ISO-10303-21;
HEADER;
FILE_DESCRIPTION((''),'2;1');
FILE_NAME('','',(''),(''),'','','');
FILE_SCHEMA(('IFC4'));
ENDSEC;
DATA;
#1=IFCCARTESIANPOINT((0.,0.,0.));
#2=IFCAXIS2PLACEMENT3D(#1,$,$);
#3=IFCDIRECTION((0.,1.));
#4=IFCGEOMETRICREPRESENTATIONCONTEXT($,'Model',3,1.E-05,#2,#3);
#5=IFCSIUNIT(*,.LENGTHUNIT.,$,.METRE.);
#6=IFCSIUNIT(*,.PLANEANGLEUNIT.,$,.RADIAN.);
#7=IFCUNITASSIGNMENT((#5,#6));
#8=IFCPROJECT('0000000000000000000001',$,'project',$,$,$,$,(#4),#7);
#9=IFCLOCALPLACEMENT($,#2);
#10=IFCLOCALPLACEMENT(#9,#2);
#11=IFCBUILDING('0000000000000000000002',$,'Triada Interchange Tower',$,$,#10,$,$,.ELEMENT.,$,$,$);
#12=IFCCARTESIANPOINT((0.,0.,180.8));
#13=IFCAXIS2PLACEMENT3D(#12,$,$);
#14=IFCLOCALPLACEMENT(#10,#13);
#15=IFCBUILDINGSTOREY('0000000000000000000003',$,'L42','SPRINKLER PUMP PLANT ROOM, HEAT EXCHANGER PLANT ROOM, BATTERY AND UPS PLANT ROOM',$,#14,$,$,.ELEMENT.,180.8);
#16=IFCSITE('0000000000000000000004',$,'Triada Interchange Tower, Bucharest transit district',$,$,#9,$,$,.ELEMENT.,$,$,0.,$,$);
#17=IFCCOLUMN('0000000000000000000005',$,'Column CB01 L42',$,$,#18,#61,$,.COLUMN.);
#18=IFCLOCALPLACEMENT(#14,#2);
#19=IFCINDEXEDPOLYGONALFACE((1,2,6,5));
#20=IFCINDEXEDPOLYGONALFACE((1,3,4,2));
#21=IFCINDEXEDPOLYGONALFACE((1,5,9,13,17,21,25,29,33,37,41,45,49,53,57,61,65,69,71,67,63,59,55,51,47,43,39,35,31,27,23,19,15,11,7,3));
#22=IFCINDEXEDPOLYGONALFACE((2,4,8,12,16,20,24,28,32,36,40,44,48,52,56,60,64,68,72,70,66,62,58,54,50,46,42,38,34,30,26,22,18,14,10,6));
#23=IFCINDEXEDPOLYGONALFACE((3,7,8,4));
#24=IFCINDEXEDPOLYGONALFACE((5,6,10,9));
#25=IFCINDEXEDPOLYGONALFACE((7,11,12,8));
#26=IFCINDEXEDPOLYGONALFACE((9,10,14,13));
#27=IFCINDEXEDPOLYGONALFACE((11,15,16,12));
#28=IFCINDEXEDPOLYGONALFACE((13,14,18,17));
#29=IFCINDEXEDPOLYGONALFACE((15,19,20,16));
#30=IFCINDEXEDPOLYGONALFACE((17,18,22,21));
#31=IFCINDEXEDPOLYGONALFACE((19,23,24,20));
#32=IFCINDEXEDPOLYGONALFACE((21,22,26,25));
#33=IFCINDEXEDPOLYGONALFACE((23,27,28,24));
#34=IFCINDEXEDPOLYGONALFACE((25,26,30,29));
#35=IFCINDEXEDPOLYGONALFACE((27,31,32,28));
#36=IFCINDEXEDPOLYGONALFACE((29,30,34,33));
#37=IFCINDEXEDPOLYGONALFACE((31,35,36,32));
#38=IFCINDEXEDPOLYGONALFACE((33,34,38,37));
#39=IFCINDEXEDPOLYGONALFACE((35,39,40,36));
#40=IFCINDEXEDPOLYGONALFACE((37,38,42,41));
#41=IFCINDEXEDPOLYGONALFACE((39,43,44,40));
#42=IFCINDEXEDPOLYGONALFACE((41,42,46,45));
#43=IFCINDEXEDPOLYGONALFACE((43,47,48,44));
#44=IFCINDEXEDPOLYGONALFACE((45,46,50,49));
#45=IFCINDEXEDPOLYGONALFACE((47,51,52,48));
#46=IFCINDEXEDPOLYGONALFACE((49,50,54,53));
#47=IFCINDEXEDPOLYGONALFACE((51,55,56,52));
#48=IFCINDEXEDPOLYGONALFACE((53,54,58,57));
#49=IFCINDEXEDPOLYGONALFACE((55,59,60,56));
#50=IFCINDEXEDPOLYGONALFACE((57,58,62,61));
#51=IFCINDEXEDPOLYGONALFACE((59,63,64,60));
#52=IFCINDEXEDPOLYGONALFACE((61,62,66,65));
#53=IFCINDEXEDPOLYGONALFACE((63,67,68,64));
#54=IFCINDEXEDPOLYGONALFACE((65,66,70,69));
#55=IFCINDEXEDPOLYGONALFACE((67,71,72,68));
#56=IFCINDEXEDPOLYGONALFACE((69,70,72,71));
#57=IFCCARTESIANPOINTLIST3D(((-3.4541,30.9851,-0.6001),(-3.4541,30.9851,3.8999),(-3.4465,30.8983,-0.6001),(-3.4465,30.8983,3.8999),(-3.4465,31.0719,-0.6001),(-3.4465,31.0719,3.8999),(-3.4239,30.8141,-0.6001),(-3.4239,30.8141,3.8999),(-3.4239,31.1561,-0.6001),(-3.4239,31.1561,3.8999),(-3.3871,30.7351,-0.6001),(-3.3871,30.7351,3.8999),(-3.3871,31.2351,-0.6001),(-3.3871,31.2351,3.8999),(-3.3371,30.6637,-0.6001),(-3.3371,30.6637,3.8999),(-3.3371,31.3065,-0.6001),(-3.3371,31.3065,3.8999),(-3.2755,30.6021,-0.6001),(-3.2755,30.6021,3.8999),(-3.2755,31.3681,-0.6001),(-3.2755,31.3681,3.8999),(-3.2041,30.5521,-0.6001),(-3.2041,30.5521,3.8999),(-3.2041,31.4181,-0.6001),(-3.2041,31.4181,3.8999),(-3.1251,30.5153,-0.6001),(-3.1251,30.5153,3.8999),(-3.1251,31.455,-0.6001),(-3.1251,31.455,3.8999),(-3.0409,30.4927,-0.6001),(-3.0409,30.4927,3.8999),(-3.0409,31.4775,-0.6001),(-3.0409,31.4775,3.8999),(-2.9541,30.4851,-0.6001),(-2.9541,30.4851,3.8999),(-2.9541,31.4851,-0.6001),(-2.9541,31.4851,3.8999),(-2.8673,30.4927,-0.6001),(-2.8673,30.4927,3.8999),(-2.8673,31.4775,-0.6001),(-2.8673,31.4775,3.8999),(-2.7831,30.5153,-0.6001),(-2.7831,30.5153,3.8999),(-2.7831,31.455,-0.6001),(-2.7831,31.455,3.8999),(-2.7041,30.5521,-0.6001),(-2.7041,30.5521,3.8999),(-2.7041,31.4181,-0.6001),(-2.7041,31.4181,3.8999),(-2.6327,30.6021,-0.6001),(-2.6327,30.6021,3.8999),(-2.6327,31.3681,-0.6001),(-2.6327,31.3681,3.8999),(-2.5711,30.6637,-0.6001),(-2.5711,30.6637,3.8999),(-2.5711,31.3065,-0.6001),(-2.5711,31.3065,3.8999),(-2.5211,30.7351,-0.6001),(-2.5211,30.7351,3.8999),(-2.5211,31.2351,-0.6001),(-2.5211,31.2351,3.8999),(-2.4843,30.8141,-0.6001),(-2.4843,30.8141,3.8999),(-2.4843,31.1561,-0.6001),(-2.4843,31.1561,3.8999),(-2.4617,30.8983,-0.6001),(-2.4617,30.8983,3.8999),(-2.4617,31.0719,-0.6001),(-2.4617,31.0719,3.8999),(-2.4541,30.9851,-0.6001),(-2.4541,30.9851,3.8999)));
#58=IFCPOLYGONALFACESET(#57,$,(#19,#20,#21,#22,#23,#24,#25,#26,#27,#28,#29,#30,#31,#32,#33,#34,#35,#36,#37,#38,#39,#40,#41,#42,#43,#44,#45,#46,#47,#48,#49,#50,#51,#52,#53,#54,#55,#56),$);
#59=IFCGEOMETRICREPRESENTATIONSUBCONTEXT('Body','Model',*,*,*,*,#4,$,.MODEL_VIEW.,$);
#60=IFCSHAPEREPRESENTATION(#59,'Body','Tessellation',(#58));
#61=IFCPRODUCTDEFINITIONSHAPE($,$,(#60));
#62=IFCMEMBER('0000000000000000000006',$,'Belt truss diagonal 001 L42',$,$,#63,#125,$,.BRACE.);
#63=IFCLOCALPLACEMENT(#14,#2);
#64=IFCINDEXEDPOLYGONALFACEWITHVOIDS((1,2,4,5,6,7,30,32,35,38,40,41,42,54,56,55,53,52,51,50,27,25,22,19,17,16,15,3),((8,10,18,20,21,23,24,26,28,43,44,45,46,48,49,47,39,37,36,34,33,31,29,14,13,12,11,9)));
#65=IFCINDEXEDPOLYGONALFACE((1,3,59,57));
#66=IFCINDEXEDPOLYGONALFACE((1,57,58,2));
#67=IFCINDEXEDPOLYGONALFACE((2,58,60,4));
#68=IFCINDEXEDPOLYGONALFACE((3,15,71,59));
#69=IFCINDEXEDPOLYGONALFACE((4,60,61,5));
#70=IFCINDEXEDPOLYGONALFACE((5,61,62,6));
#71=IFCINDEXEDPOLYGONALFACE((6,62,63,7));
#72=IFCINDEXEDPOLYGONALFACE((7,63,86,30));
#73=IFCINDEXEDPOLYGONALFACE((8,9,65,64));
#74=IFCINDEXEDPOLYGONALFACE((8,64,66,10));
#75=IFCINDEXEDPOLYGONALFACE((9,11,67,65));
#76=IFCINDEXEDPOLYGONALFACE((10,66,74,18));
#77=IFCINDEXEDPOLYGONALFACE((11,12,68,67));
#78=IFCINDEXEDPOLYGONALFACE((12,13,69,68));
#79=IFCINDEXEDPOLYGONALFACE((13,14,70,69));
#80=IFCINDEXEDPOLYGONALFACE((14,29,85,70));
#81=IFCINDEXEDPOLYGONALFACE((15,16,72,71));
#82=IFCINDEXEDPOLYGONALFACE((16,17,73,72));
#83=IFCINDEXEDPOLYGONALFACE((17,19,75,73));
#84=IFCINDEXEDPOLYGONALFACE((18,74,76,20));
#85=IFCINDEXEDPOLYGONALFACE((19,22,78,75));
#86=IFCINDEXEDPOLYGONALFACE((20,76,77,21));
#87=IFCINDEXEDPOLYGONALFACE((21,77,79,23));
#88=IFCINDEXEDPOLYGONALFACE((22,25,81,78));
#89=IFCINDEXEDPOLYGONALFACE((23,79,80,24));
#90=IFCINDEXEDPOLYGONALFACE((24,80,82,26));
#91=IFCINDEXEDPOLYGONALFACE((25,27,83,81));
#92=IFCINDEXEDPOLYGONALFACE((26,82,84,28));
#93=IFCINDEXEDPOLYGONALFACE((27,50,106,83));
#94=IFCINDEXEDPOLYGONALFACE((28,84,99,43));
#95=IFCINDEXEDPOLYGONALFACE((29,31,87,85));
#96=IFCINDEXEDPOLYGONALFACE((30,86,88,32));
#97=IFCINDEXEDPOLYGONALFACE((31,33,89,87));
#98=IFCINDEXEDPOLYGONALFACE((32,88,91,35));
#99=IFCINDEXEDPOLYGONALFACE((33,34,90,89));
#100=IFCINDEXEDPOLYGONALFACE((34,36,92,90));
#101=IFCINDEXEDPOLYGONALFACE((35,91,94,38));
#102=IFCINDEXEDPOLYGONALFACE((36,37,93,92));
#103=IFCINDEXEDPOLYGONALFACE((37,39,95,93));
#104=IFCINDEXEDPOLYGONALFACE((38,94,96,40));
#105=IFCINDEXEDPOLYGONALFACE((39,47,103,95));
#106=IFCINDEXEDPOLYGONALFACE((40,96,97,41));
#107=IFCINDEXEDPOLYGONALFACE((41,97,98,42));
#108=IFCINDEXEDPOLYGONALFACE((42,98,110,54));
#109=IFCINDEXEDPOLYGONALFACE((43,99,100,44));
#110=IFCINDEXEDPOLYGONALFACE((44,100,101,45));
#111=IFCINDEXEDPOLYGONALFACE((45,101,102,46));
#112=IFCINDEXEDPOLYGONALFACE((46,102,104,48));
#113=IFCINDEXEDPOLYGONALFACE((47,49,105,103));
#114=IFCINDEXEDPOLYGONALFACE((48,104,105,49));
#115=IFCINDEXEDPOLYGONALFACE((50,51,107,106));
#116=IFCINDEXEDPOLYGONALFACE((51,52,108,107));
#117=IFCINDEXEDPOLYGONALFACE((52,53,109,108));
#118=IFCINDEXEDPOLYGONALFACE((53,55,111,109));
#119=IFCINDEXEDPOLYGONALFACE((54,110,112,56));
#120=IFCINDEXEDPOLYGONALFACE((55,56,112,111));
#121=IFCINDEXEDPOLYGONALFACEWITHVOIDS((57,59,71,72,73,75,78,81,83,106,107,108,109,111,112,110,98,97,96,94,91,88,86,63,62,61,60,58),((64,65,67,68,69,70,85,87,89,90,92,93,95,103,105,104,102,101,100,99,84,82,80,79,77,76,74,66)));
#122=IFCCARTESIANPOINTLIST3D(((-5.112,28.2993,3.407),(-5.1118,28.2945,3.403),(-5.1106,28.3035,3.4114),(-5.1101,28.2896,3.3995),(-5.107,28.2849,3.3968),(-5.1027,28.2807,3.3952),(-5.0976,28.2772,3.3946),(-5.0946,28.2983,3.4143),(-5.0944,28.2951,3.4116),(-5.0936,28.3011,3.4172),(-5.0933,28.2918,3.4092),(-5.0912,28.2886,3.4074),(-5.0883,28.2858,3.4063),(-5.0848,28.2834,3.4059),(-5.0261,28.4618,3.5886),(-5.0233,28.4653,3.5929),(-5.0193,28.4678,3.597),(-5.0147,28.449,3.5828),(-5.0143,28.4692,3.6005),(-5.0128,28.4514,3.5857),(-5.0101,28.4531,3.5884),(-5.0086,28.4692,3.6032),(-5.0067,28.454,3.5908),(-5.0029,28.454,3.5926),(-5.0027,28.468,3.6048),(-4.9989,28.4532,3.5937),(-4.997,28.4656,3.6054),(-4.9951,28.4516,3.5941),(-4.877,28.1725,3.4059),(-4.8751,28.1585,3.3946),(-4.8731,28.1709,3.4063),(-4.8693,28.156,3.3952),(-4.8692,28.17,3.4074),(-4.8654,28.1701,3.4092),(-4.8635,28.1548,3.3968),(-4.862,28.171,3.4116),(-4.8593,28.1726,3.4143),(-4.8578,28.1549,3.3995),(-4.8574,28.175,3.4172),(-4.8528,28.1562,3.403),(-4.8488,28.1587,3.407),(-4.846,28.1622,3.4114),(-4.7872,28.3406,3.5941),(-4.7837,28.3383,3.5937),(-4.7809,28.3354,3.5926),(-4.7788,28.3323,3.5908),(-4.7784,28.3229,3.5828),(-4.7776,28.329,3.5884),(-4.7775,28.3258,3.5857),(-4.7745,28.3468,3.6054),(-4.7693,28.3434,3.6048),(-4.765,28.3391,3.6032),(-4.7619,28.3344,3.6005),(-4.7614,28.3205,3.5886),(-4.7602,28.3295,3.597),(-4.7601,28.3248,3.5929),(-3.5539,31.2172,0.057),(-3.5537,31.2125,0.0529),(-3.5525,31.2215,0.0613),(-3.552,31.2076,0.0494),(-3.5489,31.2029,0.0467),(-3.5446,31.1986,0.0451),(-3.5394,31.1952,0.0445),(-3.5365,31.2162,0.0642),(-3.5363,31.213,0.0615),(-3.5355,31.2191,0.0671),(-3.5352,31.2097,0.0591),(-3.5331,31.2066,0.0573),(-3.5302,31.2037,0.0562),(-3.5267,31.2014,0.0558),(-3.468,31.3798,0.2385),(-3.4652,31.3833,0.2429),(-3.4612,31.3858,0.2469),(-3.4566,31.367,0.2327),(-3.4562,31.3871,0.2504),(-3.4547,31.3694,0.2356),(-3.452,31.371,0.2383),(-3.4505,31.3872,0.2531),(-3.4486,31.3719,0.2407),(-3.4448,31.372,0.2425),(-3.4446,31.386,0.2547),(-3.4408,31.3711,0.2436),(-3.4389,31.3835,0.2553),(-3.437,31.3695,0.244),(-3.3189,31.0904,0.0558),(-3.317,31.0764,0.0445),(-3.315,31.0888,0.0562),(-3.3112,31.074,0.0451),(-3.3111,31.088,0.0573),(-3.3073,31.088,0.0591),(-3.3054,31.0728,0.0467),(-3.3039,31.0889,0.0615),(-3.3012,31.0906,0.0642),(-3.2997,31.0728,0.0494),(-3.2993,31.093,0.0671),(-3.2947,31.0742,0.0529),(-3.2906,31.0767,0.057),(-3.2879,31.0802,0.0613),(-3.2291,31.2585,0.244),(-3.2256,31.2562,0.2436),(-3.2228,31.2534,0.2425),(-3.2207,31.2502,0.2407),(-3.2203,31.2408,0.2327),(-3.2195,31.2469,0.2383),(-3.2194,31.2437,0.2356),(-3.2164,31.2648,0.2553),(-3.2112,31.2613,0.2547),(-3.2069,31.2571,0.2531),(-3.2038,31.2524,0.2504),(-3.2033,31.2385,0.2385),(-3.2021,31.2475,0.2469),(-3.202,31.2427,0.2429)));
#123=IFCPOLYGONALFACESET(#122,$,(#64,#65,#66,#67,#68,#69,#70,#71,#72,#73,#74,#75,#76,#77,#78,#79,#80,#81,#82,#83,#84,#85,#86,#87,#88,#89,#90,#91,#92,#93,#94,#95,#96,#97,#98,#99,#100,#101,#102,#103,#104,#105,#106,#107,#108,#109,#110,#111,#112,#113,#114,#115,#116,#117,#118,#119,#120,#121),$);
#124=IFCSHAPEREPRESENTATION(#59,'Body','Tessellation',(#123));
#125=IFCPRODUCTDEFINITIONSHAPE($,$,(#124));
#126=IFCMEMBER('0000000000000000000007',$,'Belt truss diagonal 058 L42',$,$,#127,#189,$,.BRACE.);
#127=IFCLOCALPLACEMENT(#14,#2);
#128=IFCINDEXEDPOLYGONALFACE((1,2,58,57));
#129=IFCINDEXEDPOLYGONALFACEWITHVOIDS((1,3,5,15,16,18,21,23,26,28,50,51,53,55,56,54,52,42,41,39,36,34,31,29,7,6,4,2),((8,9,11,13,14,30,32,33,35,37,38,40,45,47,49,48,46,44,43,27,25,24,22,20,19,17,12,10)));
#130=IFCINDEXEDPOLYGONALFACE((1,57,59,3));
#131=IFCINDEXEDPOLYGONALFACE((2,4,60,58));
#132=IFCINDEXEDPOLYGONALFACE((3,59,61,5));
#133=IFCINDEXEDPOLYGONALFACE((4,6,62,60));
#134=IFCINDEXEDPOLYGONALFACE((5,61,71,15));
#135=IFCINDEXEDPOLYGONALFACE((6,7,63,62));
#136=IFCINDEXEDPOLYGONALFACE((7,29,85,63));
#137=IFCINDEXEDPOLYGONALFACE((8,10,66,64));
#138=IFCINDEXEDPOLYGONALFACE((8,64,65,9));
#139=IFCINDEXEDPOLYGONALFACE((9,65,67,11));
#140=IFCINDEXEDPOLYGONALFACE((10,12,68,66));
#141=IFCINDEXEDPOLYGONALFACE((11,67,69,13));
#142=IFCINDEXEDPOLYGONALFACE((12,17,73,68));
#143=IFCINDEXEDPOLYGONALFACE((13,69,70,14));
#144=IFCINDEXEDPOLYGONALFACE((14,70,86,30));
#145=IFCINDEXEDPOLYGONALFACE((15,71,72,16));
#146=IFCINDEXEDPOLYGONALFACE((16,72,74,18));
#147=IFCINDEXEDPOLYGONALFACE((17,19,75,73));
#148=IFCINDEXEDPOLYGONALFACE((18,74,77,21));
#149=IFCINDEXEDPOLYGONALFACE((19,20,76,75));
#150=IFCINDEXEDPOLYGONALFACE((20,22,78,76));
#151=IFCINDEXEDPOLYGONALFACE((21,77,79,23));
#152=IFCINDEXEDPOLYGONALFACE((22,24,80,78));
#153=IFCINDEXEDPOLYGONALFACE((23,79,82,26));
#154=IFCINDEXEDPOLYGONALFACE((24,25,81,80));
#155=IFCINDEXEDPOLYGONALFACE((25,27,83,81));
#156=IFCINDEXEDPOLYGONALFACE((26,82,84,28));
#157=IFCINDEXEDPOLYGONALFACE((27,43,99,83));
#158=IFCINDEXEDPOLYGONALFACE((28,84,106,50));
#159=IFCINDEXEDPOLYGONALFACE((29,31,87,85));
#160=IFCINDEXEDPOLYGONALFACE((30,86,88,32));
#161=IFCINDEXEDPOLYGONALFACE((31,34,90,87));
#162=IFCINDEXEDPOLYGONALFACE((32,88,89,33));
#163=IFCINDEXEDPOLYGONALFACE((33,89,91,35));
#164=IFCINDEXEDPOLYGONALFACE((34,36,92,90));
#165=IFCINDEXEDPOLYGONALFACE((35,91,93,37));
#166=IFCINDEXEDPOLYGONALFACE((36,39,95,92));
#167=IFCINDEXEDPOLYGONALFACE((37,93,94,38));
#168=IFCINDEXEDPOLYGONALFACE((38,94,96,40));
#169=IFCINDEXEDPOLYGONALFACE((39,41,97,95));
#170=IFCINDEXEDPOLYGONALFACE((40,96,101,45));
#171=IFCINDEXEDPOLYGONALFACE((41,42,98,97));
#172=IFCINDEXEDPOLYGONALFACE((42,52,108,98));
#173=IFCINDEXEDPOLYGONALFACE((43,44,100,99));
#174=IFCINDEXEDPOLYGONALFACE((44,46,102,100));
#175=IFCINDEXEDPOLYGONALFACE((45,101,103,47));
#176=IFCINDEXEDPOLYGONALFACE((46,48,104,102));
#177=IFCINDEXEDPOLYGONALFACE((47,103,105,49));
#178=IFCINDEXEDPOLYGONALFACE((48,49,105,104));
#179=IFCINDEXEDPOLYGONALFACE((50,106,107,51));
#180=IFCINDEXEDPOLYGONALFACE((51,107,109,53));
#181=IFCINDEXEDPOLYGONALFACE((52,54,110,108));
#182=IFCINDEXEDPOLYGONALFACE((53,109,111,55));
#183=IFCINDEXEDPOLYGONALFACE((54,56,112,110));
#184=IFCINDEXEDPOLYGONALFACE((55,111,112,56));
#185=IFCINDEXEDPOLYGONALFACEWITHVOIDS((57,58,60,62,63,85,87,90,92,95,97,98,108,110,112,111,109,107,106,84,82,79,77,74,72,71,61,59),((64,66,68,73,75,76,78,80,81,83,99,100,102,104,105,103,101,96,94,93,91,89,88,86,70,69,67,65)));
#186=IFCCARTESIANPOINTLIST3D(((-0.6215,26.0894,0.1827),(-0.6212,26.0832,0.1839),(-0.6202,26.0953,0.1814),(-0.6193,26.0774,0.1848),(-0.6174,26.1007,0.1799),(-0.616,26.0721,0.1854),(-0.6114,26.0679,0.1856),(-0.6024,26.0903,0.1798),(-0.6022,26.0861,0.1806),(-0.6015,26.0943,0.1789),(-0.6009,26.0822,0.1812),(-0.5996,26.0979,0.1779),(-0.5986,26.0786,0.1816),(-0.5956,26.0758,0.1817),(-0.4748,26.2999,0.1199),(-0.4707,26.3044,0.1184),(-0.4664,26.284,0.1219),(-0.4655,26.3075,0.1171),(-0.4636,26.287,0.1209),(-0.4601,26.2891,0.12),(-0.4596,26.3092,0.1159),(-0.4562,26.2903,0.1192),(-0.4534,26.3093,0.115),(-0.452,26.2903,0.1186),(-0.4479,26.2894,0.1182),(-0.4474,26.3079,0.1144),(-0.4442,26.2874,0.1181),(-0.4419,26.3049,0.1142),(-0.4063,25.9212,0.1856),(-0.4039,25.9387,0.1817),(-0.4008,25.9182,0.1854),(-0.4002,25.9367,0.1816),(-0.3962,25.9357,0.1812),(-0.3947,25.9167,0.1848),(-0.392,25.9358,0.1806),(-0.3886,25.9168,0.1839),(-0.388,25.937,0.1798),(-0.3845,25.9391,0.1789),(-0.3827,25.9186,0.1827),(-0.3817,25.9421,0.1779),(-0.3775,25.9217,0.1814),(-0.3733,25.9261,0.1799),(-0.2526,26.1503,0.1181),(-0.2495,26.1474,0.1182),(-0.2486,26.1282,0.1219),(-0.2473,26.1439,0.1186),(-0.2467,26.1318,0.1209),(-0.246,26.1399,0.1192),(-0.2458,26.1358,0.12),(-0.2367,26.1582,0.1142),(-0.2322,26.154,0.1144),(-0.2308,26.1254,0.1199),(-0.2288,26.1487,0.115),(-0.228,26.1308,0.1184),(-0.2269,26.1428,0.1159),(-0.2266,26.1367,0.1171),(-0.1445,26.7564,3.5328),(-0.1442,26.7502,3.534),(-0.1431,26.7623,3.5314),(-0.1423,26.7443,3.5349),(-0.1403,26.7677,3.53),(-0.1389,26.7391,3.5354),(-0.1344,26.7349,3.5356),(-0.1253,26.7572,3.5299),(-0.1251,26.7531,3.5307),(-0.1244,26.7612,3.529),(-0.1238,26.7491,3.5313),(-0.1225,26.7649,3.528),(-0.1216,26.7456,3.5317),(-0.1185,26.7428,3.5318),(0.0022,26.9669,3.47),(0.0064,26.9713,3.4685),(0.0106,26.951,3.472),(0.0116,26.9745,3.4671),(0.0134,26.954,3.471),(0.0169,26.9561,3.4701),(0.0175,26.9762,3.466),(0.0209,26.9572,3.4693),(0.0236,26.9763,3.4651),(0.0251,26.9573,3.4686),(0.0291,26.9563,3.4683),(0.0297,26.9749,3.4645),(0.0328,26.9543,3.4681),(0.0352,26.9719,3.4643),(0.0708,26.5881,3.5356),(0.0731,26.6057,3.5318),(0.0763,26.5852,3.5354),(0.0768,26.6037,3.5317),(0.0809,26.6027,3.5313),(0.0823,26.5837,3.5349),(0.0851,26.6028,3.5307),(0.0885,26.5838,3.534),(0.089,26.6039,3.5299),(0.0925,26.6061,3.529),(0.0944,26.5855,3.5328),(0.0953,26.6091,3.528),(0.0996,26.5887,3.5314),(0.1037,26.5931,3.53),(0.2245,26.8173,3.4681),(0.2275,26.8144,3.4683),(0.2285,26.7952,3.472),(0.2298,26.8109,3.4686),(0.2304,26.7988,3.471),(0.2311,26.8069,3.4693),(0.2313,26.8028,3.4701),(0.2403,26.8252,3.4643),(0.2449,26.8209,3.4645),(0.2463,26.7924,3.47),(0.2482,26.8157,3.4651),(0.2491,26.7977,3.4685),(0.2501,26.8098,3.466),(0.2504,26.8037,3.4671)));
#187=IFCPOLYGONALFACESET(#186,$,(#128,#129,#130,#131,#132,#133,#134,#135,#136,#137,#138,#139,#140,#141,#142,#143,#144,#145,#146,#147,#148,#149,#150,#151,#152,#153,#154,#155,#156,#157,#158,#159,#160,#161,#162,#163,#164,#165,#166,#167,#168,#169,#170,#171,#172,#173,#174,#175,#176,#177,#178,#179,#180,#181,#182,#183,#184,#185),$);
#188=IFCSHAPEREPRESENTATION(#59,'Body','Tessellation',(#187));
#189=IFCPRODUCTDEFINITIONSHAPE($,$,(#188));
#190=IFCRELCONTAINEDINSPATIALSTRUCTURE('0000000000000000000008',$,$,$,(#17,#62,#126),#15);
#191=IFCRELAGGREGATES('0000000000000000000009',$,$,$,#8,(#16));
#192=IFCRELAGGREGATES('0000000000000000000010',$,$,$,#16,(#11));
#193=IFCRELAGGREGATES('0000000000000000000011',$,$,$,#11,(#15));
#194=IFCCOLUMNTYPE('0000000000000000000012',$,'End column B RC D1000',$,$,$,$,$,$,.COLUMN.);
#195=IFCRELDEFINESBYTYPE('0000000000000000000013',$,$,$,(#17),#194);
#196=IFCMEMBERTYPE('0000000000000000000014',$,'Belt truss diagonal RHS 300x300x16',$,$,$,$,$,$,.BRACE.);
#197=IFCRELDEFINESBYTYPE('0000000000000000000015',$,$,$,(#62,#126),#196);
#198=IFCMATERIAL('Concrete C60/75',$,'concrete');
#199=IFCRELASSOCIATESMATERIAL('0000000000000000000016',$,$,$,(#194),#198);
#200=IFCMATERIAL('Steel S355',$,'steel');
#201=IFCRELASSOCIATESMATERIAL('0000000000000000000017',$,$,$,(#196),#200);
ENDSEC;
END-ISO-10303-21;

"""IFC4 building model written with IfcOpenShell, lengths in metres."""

from ifc_helpers import new_model, si_unit, direction, frame, origin, origin_2d, place, context, subcontext, project, spatial, hollow_rectangle, circle, extrude, material, material_profile, profile_set, type_object, element, save


model = new_model("IFC4")

# Units and contexts
model_context = context("Model", 3, precision=1e-05, world=origin(), true_north=direction((0.0, 1.0)))
body_context = subcontext(model_context, "Body", "Model", "MODEL_VIEW")
ifc_project = project(units=[si_unit("LENGTHUNIT", "METRE"), si_unit("PLANEANGLEUNIT", "RADIAN")], contexts=[model_context])

# Site, building, storey
site_placement = place(None, origin())
site = spatial("IfcSite", under=ifc_project, at=site_placement, Name="Triada Interchange Tower, Bucharest transit district", CompositionType="ELEMENT", RefElevation=0.0)
building_placement = place(site_placement, origin())
building = spatial("IfcBuilding", under=site, at=building_placement, Name="Triada Interchange Tower", CompositionType="ELEMENT")
storey_placement = place(building_placement, frame((0.0, 0.0, 180.8)))
storey = spatial("IfcBuildingStorey", under=building, at=storey_placement, Name="L42", Description="SPRINKLER PUMP PLANT ROOM, HEAT EXCHANGER PLANT ROOM, BATTERY AND UPS PLANT ROOM", CompositionType="ELEMENT", Elevation=180.8)

# Column
ifc_material_1 = material(Name="Concrete C60/75", Category="concrete")
ifc_material_profile_1 = material_profile(ifc_material_1, circle(Radius=0.5, at=origin_2d()), Name="RC D1000")
ifc_profile_set_1 = profile_set([ifc_material_profile_1], Name="Concrete C60/75")
column_type = type_object("IfcColumnType", Name="End column B RC D1000", PredefinedType="COLUMN", material=ifc_profile_set_1)
column_placement = place(storey_placement, frame((-2.9541, 30.9851, -0.6001), z_axis=(0.0, 0.0, 1.0), x_axis=(0.5, 0.866025, 0.0)))
element("IfcColumn", 1, at=column_placement, inside=storey, type_object=column_type, Name="Column CB01 L42", PredefinedType="COLUMN", context=body_context, shape_type="SweptSolid", body=[
    extrude(circle(Radius=0.5, at=origin_2d()), origin(), (0.0, 0.0, 1.0), 4.5),
])

# Members
ifc_material_2 = material(Name="Steel S355", Category="steel")
ifc_material_profile_2 = material_profile(ifc_material_2, hollow_rectangle(XDim=0.3, YDim=0.3, WallThickness=0.0161, InnerFilletRadius=0.0161, OuterFilletRadius=0.0239, at=origin_2d()), Name="RHS 300x300x16")
ifc_profile_set_2 = profile_set([ifc_material_profile_2], Name="Steel S355")
member_type = type_object("IfcMemberType", Name="Belt truss diagonal RHS 300x300x16", PredefinedType="BRACE", material=ifc_profile_set_2)
member_1_placement = place(storey_placement, frame((-3.3779, 31.23, 0.1499), z_axis=(-0.330948, -0.619788, 0.711574), x_axis=(0.88212, -0.471025, 0.0)))
element("IfcMember", 2, at=member_1_placement, inside=storey, type_object=member_type, Name="Belt truss diagonal 001 L42", PredefinedType="BRACE", context=body_context, shape_type="SweptSolid", body=[
    extrude(hollow_rectangle(XDim=0.3, YDim=0.3, WallThickness=0.0161, InnerFilletRadius=0.0161, OuterFilletRadius=0.0239, at=origin_2d()), origin(), (0.0, 0.0, 1.0), 4.708),
])
member_2_placement = place(storey_placement, frame((-0.4241, 26.113, 0.1499), z_axis=(0.138316, 0.193387, 0.971324), x_axis=(-0.813371, 0.581745, 0.0)))
element("IfcMember", 3, at=member_2_placement, inside=storey, type_object=member_type, Name="Belt truss diagonal 058 L42", PredefinedType="BRACE", context=body_context, shape_type="SweptSolid", body=[
    extrude(hollow_rectangle(XDim=0.3, YDim=0.3, WallThickness=0.0161, InnerFilletRadius=0.0161, OuterFilletRadius=0.0239, at=origin_2d()), origin(), (0.0, 0.0, 1.0), 3.449),
])

save(model, "model.ifc")
